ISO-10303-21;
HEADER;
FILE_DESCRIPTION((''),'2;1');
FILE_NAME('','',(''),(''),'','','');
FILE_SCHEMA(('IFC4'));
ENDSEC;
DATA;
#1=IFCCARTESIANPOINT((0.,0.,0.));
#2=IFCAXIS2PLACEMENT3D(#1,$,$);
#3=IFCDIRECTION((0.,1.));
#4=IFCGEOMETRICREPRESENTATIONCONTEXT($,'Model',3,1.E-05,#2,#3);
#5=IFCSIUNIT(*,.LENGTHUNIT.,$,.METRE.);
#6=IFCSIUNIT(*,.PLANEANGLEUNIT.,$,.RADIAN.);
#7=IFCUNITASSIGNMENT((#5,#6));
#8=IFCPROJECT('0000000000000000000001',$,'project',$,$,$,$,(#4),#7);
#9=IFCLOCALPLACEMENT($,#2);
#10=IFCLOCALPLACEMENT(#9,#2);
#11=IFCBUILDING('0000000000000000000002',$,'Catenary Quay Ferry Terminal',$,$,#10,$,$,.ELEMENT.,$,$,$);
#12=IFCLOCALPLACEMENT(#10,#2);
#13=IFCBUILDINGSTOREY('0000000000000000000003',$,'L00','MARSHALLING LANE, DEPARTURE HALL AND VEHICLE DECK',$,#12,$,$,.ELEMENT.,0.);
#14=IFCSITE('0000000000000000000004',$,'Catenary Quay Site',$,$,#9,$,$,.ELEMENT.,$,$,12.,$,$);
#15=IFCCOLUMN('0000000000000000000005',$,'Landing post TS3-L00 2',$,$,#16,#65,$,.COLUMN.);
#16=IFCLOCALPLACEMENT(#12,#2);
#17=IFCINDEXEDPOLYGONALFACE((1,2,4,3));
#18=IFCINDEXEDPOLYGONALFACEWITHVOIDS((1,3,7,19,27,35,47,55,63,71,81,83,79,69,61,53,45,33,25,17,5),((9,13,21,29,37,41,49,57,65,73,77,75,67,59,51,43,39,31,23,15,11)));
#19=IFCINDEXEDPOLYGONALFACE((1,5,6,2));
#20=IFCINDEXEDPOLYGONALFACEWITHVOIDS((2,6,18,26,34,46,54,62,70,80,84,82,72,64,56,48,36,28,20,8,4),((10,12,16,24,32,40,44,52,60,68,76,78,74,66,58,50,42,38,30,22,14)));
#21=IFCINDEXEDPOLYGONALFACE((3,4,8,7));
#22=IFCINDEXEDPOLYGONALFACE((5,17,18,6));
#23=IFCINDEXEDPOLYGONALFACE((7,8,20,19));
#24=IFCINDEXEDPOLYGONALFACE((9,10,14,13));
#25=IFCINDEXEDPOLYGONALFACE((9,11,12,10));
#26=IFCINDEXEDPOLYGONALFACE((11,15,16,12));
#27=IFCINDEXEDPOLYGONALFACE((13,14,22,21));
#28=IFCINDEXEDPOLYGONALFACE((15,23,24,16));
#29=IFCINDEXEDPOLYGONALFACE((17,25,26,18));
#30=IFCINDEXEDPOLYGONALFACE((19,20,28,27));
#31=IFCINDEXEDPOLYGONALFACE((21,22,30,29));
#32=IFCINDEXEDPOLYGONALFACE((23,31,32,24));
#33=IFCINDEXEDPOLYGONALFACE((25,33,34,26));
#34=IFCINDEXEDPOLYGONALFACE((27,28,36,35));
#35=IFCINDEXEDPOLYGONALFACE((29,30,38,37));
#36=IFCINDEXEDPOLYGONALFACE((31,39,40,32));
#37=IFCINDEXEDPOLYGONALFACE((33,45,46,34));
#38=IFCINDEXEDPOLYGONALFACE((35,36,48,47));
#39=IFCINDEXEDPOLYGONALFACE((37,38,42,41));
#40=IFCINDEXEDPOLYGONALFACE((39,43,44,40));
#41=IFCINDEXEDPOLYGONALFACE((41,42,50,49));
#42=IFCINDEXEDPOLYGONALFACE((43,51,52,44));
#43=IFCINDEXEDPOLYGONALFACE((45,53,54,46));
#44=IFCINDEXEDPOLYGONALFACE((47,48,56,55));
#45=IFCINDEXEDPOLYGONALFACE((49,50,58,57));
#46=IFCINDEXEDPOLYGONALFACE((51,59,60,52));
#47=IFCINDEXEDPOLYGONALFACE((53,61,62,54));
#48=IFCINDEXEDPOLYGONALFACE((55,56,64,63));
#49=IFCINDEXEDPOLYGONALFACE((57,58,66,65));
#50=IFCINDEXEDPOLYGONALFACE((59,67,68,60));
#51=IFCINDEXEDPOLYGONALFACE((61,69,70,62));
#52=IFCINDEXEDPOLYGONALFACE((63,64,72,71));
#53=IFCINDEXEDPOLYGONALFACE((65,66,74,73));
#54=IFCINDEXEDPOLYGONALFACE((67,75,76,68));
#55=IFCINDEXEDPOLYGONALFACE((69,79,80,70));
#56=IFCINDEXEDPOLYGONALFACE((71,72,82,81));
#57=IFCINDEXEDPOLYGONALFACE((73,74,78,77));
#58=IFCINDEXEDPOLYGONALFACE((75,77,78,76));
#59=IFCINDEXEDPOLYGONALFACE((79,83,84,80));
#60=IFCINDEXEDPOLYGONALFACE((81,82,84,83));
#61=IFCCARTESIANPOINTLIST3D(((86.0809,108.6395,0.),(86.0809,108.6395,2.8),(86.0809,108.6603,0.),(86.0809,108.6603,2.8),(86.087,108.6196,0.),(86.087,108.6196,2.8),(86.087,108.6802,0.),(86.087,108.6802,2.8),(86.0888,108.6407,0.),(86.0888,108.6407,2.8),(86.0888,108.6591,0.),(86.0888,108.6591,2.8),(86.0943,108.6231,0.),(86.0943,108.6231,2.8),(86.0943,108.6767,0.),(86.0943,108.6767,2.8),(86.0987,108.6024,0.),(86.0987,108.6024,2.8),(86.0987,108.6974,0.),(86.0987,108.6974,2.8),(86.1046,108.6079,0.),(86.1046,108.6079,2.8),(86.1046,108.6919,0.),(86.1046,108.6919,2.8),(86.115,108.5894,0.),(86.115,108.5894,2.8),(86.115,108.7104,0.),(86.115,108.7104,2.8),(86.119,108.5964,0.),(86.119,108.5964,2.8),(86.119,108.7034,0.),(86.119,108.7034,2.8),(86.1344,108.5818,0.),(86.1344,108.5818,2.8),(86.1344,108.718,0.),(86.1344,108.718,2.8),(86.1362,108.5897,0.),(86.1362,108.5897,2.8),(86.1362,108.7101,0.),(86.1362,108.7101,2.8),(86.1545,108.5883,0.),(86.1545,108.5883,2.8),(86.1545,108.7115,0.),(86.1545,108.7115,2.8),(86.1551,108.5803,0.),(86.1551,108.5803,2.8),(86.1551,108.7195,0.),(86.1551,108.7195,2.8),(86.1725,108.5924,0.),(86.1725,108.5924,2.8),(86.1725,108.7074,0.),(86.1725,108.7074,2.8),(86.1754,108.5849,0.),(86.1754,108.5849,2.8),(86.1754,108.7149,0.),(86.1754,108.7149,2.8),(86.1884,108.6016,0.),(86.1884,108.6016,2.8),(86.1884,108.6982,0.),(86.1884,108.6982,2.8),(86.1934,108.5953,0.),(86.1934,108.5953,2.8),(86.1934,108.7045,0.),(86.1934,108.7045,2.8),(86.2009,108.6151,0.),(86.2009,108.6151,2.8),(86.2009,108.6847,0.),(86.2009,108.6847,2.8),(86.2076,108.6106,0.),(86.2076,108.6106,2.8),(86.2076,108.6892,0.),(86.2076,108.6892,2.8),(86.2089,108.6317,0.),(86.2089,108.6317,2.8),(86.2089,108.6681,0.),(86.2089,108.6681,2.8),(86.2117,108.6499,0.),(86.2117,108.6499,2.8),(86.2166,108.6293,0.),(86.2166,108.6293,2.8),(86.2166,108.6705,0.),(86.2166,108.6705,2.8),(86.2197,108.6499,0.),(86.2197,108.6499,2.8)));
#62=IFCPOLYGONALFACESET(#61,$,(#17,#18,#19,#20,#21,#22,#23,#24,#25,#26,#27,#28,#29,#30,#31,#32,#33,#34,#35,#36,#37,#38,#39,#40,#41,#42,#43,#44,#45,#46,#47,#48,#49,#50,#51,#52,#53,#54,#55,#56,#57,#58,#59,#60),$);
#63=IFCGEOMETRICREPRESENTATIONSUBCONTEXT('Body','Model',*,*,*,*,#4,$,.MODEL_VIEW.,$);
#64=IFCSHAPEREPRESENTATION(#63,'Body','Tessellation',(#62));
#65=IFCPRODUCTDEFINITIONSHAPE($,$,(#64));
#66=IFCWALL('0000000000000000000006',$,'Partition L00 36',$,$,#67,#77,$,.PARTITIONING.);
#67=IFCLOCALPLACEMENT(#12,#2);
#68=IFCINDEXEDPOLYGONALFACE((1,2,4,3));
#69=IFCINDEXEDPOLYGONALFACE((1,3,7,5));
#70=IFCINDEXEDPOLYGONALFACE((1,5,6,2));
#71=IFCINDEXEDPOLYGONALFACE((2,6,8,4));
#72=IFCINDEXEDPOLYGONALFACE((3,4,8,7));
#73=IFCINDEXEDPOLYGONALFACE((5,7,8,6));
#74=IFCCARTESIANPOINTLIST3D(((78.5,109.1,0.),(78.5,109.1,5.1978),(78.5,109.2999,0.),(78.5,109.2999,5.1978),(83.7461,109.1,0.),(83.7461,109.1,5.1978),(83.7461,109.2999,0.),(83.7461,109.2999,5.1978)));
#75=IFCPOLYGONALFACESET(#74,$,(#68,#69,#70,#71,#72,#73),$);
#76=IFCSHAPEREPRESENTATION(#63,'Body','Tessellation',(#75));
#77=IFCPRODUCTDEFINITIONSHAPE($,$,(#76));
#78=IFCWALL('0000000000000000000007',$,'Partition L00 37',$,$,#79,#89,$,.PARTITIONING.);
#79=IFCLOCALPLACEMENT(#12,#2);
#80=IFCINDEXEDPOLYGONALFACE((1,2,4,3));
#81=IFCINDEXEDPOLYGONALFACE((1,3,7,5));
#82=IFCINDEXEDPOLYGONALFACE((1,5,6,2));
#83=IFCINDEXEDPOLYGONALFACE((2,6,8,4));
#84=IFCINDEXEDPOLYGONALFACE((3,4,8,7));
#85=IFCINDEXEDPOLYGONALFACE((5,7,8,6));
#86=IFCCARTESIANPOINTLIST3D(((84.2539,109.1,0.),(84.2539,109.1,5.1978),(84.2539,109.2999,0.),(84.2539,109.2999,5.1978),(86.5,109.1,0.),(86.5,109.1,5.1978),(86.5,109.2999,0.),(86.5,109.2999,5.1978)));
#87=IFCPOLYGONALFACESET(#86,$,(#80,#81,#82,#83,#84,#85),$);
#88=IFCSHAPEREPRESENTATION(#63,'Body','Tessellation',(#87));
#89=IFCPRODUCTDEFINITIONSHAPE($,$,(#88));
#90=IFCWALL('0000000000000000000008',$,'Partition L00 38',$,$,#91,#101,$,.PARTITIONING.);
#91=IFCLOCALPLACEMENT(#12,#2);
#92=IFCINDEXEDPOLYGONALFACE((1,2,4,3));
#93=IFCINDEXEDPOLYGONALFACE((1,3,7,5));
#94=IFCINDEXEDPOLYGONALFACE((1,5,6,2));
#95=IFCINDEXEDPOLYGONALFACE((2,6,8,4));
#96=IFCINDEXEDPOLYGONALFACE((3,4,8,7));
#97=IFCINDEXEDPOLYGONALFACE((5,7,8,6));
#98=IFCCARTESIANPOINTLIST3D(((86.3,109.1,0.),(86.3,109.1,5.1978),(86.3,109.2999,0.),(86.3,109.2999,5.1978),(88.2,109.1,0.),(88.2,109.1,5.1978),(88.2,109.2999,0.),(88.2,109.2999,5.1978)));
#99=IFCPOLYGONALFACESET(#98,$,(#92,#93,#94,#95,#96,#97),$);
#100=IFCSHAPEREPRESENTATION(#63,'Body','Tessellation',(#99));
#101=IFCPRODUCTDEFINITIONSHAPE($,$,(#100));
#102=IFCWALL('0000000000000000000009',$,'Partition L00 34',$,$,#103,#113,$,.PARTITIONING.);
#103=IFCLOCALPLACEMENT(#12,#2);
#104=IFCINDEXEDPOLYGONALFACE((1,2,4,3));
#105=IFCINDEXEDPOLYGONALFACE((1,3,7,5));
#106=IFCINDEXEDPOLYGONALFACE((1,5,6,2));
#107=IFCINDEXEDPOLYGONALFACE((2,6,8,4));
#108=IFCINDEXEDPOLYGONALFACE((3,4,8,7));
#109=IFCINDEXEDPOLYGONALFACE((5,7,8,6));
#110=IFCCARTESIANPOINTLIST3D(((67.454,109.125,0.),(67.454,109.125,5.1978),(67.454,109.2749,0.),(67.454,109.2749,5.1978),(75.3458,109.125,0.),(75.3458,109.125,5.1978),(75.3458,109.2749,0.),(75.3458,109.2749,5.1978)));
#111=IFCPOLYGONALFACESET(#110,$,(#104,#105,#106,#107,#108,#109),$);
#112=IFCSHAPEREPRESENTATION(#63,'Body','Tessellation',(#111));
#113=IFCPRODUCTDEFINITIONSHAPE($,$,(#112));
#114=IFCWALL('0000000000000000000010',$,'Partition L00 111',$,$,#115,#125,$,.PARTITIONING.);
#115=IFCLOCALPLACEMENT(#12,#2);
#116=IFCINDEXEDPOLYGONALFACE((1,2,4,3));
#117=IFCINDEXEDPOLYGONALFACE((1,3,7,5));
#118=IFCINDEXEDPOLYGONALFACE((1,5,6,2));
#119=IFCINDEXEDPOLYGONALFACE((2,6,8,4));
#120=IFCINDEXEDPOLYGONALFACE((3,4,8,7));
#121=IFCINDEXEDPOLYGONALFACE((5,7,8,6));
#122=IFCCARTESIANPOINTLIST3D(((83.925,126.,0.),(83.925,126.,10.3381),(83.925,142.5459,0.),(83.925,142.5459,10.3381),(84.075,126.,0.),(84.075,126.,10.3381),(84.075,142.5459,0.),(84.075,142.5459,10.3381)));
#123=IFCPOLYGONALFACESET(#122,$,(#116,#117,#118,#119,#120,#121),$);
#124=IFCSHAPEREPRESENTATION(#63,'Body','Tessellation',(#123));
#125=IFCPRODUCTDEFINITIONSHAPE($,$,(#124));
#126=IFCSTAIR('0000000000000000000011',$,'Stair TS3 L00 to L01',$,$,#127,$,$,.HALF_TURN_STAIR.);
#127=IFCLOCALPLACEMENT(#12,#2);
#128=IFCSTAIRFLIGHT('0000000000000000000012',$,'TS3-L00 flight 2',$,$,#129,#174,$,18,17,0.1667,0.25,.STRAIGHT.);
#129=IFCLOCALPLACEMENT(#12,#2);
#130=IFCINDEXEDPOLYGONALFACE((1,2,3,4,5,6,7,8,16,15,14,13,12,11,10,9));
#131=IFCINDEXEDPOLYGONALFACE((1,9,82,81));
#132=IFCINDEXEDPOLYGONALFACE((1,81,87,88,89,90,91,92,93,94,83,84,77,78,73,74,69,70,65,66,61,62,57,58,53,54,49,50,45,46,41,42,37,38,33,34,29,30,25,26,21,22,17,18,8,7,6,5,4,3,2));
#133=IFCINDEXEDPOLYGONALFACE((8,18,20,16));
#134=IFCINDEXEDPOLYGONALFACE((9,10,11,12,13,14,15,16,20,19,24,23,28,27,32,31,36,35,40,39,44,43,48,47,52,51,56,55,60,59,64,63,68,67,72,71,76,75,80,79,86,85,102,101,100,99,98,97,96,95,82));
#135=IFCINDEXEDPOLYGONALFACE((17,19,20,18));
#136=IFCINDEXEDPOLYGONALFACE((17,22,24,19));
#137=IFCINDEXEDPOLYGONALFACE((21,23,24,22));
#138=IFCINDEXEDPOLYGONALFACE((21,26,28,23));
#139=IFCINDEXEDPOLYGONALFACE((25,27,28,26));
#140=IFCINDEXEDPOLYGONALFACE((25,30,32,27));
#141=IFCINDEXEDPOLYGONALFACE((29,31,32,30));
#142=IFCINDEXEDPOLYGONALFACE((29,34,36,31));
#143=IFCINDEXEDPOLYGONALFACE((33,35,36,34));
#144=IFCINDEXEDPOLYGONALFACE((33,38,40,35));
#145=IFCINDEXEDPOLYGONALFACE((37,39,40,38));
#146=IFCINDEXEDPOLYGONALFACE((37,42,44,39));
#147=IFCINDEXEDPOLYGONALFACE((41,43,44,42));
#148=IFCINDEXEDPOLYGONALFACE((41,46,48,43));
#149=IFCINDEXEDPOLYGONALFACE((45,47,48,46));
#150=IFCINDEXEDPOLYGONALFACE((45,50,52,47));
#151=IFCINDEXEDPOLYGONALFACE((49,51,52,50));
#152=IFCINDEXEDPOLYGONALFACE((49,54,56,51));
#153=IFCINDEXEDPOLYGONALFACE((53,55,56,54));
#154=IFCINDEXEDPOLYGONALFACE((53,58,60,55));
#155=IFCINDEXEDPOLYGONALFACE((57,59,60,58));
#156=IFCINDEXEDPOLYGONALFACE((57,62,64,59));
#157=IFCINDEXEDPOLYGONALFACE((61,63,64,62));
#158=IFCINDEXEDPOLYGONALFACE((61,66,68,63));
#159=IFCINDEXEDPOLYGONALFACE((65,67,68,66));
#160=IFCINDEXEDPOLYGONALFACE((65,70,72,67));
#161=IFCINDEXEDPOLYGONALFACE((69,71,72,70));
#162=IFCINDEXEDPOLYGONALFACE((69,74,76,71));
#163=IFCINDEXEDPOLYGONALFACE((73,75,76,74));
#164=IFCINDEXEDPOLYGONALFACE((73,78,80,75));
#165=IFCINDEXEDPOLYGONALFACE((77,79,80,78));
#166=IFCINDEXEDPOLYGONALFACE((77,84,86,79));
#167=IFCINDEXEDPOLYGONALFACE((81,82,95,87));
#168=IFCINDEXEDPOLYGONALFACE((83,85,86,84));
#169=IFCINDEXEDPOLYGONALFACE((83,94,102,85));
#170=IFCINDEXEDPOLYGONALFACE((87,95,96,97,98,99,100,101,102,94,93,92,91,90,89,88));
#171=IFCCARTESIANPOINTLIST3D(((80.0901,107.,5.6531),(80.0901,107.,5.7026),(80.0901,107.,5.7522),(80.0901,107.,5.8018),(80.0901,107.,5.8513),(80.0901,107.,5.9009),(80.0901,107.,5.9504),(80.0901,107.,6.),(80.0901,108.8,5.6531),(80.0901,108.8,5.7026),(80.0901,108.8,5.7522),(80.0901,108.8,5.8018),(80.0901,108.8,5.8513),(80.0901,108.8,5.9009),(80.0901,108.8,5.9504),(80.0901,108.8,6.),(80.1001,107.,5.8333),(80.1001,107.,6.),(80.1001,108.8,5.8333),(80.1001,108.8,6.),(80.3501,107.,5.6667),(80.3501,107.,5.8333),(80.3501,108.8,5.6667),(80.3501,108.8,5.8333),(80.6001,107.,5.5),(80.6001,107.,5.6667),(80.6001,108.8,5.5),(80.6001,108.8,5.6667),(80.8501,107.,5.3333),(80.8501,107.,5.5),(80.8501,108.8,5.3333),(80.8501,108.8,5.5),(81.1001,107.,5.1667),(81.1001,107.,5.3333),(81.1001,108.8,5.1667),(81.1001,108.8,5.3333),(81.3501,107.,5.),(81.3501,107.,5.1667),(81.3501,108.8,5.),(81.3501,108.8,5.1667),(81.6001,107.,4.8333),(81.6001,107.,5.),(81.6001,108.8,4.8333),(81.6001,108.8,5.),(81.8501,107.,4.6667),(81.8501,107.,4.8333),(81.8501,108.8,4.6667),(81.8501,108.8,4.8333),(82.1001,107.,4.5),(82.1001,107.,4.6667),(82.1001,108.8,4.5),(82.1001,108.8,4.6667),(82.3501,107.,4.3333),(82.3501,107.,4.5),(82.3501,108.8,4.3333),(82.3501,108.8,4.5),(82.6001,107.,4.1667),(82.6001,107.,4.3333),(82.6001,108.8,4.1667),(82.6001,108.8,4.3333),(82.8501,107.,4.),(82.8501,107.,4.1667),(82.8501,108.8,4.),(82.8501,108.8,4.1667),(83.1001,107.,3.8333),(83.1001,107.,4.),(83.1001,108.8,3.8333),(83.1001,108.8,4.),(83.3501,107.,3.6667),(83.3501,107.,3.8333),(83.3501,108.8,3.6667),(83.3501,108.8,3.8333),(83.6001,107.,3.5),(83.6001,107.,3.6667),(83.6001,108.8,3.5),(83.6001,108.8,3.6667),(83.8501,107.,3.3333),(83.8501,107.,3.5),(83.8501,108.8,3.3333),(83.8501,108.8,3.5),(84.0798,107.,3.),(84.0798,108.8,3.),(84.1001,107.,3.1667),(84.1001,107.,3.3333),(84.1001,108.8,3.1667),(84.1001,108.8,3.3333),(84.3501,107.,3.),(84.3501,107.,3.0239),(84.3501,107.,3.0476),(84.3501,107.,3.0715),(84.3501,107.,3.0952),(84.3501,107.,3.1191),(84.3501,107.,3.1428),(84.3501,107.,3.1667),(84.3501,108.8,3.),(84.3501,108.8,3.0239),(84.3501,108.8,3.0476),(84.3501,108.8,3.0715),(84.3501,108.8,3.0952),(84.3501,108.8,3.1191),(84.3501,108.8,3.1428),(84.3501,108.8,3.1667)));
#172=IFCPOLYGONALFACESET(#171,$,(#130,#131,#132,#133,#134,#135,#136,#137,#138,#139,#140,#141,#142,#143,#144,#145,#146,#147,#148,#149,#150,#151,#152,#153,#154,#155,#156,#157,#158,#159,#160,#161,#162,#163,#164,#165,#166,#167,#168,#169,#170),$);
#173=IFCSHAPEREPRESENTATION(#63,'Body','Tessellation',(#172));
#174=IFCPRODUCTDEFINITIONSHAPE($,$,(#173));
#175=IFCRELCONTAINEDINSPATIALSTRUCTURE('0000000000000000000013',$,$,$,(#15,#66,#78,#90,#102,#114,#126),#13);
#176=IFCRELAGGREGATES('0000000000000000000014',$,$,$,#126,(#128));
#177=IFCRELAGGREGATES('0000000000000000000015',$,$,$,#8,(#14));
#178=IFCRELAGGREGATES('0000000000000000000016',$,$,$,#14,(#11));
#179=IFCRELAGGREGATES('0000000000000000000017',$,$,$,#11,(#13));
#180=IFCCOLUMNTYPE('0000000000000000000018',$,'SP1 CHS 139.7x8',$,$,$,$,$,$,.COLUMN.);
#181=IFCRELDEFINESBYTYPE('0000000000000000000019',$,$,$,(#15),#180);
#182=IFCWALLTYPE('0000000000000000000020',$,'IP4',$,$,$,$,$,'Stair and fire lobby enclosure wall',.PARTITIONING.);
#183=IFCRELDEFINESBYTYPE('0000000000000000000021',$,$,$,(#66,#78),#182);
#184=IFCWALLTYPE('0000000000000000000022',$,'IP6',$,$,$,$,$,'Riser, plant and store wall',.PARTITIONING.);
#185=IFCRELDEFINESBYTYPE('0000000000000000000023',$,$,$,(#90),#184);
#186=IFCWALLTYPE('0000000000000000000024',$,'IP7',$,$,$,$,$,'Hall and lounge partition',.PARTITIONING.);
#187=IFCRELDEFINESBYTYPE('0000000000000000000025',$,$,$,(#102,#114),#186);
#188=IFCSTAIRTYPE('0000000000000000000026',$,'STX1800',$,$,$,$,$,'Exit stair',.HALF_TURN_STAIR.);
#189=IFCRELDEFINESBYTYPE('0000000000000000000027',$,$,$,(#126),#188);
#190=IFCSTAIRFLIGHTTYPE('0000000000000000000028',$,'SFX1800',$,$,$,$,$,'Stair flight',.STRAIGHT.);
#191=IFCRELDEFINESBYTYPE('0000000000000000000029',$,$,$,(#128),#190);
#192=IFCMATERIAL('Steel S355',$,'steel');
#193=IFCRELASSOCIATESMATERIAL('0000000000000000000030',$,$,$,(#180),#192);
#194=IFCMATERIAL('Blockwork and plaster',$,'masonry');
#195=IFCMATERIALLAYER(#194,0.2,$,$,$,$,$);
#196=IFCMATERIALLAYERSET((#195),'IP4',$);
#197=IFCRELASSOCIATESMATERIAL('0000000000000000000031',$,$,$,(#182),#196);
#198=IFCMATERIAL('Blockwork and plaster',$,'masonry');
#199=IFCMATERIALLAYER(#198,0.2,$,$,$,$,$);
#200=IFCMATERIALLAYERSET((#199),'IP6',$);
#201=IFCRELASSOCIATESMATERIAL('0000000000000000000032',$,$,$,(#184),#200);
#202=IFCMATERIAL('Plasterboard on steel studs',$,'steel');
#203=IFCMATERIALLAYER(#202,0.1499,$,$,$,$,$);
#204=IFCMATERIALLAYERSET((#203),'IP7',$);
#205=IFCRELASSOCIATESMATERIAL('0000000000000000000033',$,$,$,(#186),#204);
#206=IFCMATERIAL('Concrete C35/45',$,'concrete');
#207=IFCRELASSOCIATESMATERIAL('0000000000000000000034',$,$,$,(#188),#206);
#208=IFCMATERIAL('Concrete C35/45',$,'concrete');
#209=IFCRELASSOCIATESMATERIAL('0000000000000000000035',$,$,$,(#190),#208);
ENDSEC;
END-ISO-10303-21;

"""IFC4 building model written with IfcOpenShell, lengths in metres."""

from ifc_helpers import new_model, si_unit, direction, frame, frame_2d, origin, origin_2d, place, context, subcontext, project, spatial, polyline, rectangle, hollow_circle, outline, extrude, material, layer, layer_set, material_profile, profile_set, type_object, element, aggregate, save


model = new_model("IFC4")

# Units and contexts
model_context = context("Model", 3, precision=1e-05, world=origin(), true_north=direction((0.0, 1.0)))
body_context = subcontext(model_context, "Body", "Model", "MODEL_VIEW")
ifc_project = project(units=[si_unit("LENGTHUNIT", "METRE"), si_unit("PLANEANGLEUNIT", "RADIAN")], contexts=[model_context])

# Site, building, storey
site_placement = place(None, origin())
site = spatial("IfcSite", under=ifc_project, at=site_placement, Name="Catenary Quay Site", CompositionType="ELEMENT", RefElevation=12.0)
building_placement = place(site_placement, origin())
building = spatial("IfcBuilding", under=site, at=building_placement, Name="Catenary Quay Ferry Terminal", CompositionType="ELEMENT")
storey_placement = place(building_placement, origin())
storey = spatial("IfcBuildingStorey", under=building, at=storey_placement, Name="L00", Description="MARSHALLING LANE, DEPARTURE HALL AND VEHICLE DECK", CompositionType="ELEMENT", Elevation=0.0)

# Column
ifc_material_1 = material(Name="Steel S355", Category="steel")
ifc_material_profile_1 = material_profile(ifc_material_1, hollow_circle(Radius=0.0698, WallThickness=0.0081, at=origin_2d()), Name="CHS 139.7x8")
ifc_profile_set_1 = profile_set([ifc_material_profile_1], Name="Steel S355")
column_type_1 = type_object("IfcColumnType", Name="SP1 CHS 139.7x8", PredefinedType="COLUMN", material=ifc_profile_set_1)
column_placement = place(storey_placement, frame((86.1499, 108.6499, 0.0), z_axis=(0.0, 0.0, 1.0), x_axis=(1.0, 0.0, 0.0)))
element("IfcColumn", 1, at=column_placement, inside=storey, type_object=column_type_1, Name="Landing post TS3-L00 2", PredefinedType="COLUMN", context=body_context, shape_type="SweptSolid", body=[
    extrude(hollow_circle(Radius=0.0698, WallThickness=0.0081, at=origin_2d()), origin(), (0.0, 0.0, 1.0), 2.8),
])

# Walls
ifc_material_2 = material(Name="Blockwork and plaster", Category="masonry")
ifc_layer_1 = layer(ifc_material_2, 0.2)
ifc_layer_set_1 = layer_set([ifc_layer_1], Name="IP4")
wall_type_1 = type_object("IfcWallType", Name="IP4", ElementType="Stair and fire lobby enclosure wall", PredefinedType="PARTITIONING", material=ifc_layer_set_1)
wall_1_placement = place(storey_placement, frame((78.5, 109.2, 0.0), z_axis=(0.0, 0.0, 1.0), x_axis=(1.0, 0.0, 0.0)))
element("IfcWall", 2, at=wall_1_placement, inside=storey, type_object=wall_type_1, Name="Partition L00 36", PredefinedType="PARTITIONING", context=body_context, shape_type="SweptSolid", body=[
    extrude(rectangle(XDim=5.2461, YDim=0.2, at=frame_2d((2.623, 0.0))), origin(), (0.0, 0.0, 1.0), 5.1978),
])
wall_2_placement = place(storey_placement, frame((84.2539, 109.2, 0.0), z_axis=(0.0, 0.0, 1.0), x_axis=(1.0, 0.0, 0.0)))
element("IfcWall", 3, at=wall_2_placement, inside=storey, type_object=wall_type_1, Name="Partition L00 37", PredefinedType="PARTITIONING", context=body_context, shape_type="SweptSolid", body=[
    extrude(rectangle(XDim=2.2461, YDim=0.2, at=frame_2d((1.123, 0.0))), origin(), (0.0, 0.0, 1.0), 5.1978),
])
ifc_material_3 = material(Name="Blockwork and plaster", Category="masonry")
ifc_layer_2 = layer(ifc_material_3, 0.2)
ifc_layer_set_2 = layer_set([ifc_layer_2], Name="IP6")
wall_type_2 = type_object("IfcWallType", Name="IP6", ElementType="Riser, plant and store wall", PredefinedType="PARTITIONING", material=ifc_layer_set_2)
wall_3_placement = place(storey_placement, frame((86.3, 109.2, 0.0), z_axis=(0.0, 0.0, 1.0), x_axis=(1.0, 0.0, 0.0)))
element("IfcWall", 4, at=wall_3_placement, inside=storey, type_object=wall_type_2, Name="Partition L00 38", PredefinedType="PARTITIONING", context=body_context, shape_type="SweptSolid", body=[
    extrude(rectangle(XDim=1.8999, YDim=0.2, at=frame_2d((0.95, 0.0))), origin(), (0.0, 0.0, 1.0), 5.1978),
])
ifc_material_4 = material(Name="Plasterboard on steel studs", Category="steel")
ifc_layer_3 = layer(ifc_material_4, 0.1499)
ifc_layer_set_3 = layer_set([ifc_layer_3], Name="IP7")
wall_type_3 = type_object("IfcWallType", Name="IP7", ElementType="Hall and lounge partition", PredefinedType="PARTITIONING", material=ifc_layer_set_3)
wall_4_placement = place(storey_placement, frame((67.4541, 109.2, 0.0), z_axis=(0.0, 0.0, 1.0), x_axis=(1.0, 0.0, 0.0)))
element("IfcWall", 5, at=wall_4_placement, inside=storey, type_object=wall_type_3, Name="Partition L00 34", PredefinedType="PARTITIONING", context=body_context, shape_type="SweptSolid", body=[
    extrude(rectangle(XDim=7.8918, YDim=0.1499, at=frame_2d((3.9458, 0.0))), origin(), (0.0, 0.0, 1.0), 5.1978),
])

# Wall
wall_5_placement = place(storey_placement, frame((84.0, 126.0, 0.0), z_axis=(0.0, 0.0, 1.0), x_axis=(0.0, 1.0, 0.0)))
element("IfcWall", 6, at=wall_5_placement, inside=storey, type_object=wall_type_3, Name="Partition L00 111", PredefinedType="PARTITIONING", context=body_context, shape_type="SweptSolid", body=[
    extrude(rectangle(XDim=16.5459, YDim=0.1499, at=frame_2d((8.2729, 0.0))), origin(), (0.0, 0.0, 1.0), 10.3381),
])

# Stair, stair flight
ifc_material_5 = material(Name="Concrete C35/45", Category="concrete")
stair_type = type_object("IfcStairType", Name="STX1800", ElementType="Exit stair", PredefinedType="HALF_TURN_STAIR", material=ifc_material_5)
stair_placement = place(storey_placement, origin())
stair = element("IfcStair", 7, at=stair_placement, inside=storey, type_object=stair_type, Name="Stair TS3 L00 to L01", PredefinedType="HALF_TURN_STAIR")
ifc_material_6 = material(Name="Concrete C35/45", Category="concrete")
stair_flight_type = type_object("IfcStairFlightType", Name="SFX1800", ElementType="Stair flight", PredefinedType="STRAIGHT", material=ifc_material_6)
stair_flight_placement = place(storey_placement, frame((84.3501, 107.8999, 3.0), z_axis=(0.0, 0.0, 1.0), x_axis=(-1.0, 0.0, 0.0)))
stair_flight = element("IfcStairFlight", 8, at=stair_flight_placement, type_object=stair_flight_type, Name="TS3-L00 flight 2", NumberOfRisers=18, NumberOfTreads=17, PredefinedType="STRAIGHT", RiserHeight=0.1667, TreadLength=0.25, context=body_context, shape_type="SweptSolid", body=[
    extrude(outline(polyline([(0.0, 0.0), (0.0, 0.0239), (0.0, 0.0476), (0.0, 0.0715), (0.0, 0.0952), (0.0, 0.1191), (0.0, 0.1428), (0.0, 0.1667), (0.25, 0.1667), (0.25, 0.3333), (0.5, 0.3333), (0.5, 0.5), (0.75, 0.5), (0.75, 0.6667), (1.0, 0.6667), (1.0, 0.8333), (1.25, 0.8333), (1.25, 1.0), (1.5, 1.0), (1.5, 1.1667), (1.75, 1.1667), (1.75, 1.3333), (2.0, 1.3333), (2.0, 1.5), (2.25, 1.5), (2.25, 1.6667), (2.5, 1.6667), (2.5, 1.8333), (2.75, 1.8333), (2.75, 2.0), (3.0, 2.0), (3.0, 2.1667), (3.25, 2.1667), (3.25, 2.3333), (3.5, 2.3333), (3.5, 2.5), (3.75, 2.5), (3.75, 2.6667), (4.0, 2.6667), (4.0, 2.8333), (4.25, 2.8333), (4.25, 3.0), (4.26, 3.0), (4.26, 2.9504), (4.26, 2.9009), (4.26, 2.8513), (4.26, 2.8018), (4.26, 2.7522), (4.26, 2.7026), (4.26, 2.6531), (0.2703, 0.0), (0.0, 0.0)])), frame((0.0, 0.8999, 0.0), z_axis=(0.0, -1.0, 0.0), x_axis=(1.0, 0.0, 0.0)), (0.0, 0.0, 1.0), 1.8),
])
aggregate(stair, [stair_flight])

save(model, "model.ifc")
